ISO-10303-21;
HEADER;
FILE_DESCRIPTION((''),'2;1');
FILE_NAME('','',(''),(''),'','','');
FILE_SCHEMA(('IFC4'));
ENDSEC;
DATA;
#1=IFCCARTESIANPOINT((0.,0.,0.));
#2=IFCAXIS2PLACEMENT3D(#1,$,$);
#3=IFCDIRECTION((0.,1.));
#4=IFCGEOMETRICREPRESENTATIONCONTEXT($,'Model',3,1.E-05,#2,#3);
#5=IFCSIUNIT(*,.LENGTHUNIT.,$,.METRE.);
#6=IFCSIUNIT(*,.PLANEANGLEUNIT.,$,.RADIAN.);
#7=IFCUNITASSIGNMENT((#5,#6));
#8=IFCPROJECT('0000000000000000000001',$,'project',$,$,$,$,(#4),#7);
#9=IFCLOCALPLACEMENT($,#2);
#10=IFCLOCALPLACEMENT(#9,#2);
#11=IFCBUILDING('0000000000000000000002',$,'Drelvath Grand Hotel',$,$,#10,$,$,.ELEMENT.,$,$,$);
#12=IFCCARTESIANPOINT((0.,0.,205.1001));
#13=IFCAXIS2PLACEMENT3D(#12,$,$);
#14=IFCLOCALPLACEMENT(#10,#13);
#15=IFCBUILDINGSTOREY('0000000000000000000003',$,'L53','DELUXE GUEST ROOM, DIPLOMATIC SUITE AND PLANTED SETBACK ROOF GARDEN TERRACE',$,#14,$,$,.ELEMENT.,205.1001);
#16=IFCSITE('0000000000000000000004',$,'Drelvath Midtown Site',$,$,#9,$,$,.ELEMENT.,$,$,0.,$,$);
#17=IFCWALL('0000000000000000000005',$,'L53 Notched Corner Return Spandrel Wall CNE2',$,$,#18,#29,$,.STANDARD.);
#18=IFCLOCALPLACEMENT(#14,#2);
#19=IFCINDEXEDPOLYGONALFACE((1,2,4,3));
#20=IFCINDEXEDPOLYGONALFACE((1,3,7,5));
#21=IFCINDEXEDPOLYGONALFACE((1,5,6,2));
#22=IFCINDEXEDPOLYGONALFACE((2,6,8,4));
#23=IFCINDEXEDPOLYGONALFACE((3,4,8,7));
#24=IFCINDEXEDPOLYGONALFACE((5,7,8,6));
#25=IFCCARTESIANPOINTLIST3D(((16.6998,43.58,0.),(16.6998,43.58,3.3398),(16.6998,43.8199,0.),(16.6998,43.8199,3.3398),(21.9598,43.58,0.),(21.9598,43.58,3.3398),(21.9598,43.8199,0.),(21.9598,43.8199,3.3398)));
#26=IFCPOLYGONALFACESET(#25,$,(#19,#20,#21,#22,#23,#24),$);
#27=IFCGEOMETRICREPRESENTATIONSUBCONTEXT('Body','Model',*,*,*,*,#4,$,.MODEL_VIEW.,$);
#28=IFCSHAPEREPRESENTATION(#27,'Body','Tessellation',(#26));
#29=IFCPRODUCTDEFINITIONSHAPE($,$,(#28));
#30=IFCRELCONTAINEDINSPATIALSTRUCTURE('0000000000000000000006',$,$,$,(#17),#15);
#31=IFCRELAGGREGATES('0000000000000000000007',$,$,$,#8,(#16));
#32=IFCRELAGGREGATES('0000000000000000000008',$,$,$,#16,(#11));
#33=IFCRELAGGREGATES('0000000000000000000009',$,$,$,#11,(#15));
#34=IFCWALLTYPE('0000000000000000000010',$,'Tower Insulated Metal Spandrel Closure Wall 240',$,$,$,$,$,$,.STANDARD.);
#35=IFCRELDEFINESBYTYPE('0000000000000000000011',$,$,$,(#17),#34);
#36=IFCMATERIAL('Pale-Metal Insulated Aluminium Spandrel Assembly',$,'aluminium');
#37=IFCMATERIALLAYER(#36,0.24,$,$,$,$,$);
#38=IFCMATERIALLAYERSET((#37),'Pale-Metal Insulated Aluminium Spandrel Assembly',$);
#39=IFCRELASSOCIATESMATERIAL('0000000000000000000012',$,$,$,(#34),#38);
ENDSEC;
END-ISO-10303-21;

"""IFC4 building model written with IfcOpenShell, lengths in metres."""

from ifc_helpers import new_model, si_unit, direction, frame, frame_2d, origin, place, context, subcontext, project, spatial, rectangle, extrude, material, layer, layer_set, type_object, element, save


model = new_model("IFC4")

# Units and contexts
model_context = context("Model", 3, precision=1e-05, world=origin(), true_north=direction((0.0, 1.0)))
body_context = subcontext(model_context, "Body", "Model", "MODEL_VIEW")
ifc_project = project(units=[si_unit("LENGTHUNIT", "METRE"), si_unit("PLANEANGLEUNIT", "RADIAN")], contexts=[model_context])

# Site, building, storey
site_placement = place(None, origin())
site = spatial("IfcSite", under=ifc_project, at=site_placement, Name="Drelvath Midtown Site", CompositionType="ELEMENT", RefElevation=0.0)
building_placement = place(site_placement, origin())
building = spatial("IfcBuilding", under=site, at=building_placement, Name="Drelvath Grand Hotel", CompositionType="ELEMENT")
storey_placement = place(building_placement, frame((0.0, 0.0, 205.1001)))
storey = spatial("IfcBuildingStorey", under=building, at=storey_placement, Name="L53", Description="DELUXE GUEST ROOM, DIPLOMATIC SUITE AND PLANTED SETBACK ROOF GARDEN TERRACE", CompositionType="ELEMENT", Elevation=205.1001)

# Shared definitions
ifc_material_1 = material(Name="Pale-Metal Insulated Aluminium Spandrel Assembly", Category="aluminium")
ifc_layer_1 = layer(ifc_material_1, 0.24)
ifc_layer_set_1 = layer_set([ifc_layer_1], Name="Pale-Metal Insulated Aluminium Spandrel Assembly")
wall_type_1 = type_object("IfcWallType", Name="Tower Insulated Metal Spandrel Closure Wall 240", PredefinedType="STANDARD", material=ifc_layer_set_1)

# Wall
for number, where, z_axis, x_axis, name in (
    (1, (16.7, 43.7, 0.0), (0.0, 0.0, 1.0), (1.0, 0.0, 0.0), "L53 Notched Corner Return Spandrel Wall CNE2"),
):
    element("IfcWall", number, at=place(storey_placement, frame(where, z_axis=z_axis, x_axis=x_axis)), inside=storey, type_object=wall_type_1, Name=name, PredefinedType="STANDARD", context=body_context, shape_type="SweptSolid", body=[
        extrude(rectangle(XDim=5.26, YDim=0.24, at=frame_2d((2.6299, 0.0))), origin(), (0.0, 0.0, 1.0), 3.3398),
    ])

save(model, "model.ifc")
